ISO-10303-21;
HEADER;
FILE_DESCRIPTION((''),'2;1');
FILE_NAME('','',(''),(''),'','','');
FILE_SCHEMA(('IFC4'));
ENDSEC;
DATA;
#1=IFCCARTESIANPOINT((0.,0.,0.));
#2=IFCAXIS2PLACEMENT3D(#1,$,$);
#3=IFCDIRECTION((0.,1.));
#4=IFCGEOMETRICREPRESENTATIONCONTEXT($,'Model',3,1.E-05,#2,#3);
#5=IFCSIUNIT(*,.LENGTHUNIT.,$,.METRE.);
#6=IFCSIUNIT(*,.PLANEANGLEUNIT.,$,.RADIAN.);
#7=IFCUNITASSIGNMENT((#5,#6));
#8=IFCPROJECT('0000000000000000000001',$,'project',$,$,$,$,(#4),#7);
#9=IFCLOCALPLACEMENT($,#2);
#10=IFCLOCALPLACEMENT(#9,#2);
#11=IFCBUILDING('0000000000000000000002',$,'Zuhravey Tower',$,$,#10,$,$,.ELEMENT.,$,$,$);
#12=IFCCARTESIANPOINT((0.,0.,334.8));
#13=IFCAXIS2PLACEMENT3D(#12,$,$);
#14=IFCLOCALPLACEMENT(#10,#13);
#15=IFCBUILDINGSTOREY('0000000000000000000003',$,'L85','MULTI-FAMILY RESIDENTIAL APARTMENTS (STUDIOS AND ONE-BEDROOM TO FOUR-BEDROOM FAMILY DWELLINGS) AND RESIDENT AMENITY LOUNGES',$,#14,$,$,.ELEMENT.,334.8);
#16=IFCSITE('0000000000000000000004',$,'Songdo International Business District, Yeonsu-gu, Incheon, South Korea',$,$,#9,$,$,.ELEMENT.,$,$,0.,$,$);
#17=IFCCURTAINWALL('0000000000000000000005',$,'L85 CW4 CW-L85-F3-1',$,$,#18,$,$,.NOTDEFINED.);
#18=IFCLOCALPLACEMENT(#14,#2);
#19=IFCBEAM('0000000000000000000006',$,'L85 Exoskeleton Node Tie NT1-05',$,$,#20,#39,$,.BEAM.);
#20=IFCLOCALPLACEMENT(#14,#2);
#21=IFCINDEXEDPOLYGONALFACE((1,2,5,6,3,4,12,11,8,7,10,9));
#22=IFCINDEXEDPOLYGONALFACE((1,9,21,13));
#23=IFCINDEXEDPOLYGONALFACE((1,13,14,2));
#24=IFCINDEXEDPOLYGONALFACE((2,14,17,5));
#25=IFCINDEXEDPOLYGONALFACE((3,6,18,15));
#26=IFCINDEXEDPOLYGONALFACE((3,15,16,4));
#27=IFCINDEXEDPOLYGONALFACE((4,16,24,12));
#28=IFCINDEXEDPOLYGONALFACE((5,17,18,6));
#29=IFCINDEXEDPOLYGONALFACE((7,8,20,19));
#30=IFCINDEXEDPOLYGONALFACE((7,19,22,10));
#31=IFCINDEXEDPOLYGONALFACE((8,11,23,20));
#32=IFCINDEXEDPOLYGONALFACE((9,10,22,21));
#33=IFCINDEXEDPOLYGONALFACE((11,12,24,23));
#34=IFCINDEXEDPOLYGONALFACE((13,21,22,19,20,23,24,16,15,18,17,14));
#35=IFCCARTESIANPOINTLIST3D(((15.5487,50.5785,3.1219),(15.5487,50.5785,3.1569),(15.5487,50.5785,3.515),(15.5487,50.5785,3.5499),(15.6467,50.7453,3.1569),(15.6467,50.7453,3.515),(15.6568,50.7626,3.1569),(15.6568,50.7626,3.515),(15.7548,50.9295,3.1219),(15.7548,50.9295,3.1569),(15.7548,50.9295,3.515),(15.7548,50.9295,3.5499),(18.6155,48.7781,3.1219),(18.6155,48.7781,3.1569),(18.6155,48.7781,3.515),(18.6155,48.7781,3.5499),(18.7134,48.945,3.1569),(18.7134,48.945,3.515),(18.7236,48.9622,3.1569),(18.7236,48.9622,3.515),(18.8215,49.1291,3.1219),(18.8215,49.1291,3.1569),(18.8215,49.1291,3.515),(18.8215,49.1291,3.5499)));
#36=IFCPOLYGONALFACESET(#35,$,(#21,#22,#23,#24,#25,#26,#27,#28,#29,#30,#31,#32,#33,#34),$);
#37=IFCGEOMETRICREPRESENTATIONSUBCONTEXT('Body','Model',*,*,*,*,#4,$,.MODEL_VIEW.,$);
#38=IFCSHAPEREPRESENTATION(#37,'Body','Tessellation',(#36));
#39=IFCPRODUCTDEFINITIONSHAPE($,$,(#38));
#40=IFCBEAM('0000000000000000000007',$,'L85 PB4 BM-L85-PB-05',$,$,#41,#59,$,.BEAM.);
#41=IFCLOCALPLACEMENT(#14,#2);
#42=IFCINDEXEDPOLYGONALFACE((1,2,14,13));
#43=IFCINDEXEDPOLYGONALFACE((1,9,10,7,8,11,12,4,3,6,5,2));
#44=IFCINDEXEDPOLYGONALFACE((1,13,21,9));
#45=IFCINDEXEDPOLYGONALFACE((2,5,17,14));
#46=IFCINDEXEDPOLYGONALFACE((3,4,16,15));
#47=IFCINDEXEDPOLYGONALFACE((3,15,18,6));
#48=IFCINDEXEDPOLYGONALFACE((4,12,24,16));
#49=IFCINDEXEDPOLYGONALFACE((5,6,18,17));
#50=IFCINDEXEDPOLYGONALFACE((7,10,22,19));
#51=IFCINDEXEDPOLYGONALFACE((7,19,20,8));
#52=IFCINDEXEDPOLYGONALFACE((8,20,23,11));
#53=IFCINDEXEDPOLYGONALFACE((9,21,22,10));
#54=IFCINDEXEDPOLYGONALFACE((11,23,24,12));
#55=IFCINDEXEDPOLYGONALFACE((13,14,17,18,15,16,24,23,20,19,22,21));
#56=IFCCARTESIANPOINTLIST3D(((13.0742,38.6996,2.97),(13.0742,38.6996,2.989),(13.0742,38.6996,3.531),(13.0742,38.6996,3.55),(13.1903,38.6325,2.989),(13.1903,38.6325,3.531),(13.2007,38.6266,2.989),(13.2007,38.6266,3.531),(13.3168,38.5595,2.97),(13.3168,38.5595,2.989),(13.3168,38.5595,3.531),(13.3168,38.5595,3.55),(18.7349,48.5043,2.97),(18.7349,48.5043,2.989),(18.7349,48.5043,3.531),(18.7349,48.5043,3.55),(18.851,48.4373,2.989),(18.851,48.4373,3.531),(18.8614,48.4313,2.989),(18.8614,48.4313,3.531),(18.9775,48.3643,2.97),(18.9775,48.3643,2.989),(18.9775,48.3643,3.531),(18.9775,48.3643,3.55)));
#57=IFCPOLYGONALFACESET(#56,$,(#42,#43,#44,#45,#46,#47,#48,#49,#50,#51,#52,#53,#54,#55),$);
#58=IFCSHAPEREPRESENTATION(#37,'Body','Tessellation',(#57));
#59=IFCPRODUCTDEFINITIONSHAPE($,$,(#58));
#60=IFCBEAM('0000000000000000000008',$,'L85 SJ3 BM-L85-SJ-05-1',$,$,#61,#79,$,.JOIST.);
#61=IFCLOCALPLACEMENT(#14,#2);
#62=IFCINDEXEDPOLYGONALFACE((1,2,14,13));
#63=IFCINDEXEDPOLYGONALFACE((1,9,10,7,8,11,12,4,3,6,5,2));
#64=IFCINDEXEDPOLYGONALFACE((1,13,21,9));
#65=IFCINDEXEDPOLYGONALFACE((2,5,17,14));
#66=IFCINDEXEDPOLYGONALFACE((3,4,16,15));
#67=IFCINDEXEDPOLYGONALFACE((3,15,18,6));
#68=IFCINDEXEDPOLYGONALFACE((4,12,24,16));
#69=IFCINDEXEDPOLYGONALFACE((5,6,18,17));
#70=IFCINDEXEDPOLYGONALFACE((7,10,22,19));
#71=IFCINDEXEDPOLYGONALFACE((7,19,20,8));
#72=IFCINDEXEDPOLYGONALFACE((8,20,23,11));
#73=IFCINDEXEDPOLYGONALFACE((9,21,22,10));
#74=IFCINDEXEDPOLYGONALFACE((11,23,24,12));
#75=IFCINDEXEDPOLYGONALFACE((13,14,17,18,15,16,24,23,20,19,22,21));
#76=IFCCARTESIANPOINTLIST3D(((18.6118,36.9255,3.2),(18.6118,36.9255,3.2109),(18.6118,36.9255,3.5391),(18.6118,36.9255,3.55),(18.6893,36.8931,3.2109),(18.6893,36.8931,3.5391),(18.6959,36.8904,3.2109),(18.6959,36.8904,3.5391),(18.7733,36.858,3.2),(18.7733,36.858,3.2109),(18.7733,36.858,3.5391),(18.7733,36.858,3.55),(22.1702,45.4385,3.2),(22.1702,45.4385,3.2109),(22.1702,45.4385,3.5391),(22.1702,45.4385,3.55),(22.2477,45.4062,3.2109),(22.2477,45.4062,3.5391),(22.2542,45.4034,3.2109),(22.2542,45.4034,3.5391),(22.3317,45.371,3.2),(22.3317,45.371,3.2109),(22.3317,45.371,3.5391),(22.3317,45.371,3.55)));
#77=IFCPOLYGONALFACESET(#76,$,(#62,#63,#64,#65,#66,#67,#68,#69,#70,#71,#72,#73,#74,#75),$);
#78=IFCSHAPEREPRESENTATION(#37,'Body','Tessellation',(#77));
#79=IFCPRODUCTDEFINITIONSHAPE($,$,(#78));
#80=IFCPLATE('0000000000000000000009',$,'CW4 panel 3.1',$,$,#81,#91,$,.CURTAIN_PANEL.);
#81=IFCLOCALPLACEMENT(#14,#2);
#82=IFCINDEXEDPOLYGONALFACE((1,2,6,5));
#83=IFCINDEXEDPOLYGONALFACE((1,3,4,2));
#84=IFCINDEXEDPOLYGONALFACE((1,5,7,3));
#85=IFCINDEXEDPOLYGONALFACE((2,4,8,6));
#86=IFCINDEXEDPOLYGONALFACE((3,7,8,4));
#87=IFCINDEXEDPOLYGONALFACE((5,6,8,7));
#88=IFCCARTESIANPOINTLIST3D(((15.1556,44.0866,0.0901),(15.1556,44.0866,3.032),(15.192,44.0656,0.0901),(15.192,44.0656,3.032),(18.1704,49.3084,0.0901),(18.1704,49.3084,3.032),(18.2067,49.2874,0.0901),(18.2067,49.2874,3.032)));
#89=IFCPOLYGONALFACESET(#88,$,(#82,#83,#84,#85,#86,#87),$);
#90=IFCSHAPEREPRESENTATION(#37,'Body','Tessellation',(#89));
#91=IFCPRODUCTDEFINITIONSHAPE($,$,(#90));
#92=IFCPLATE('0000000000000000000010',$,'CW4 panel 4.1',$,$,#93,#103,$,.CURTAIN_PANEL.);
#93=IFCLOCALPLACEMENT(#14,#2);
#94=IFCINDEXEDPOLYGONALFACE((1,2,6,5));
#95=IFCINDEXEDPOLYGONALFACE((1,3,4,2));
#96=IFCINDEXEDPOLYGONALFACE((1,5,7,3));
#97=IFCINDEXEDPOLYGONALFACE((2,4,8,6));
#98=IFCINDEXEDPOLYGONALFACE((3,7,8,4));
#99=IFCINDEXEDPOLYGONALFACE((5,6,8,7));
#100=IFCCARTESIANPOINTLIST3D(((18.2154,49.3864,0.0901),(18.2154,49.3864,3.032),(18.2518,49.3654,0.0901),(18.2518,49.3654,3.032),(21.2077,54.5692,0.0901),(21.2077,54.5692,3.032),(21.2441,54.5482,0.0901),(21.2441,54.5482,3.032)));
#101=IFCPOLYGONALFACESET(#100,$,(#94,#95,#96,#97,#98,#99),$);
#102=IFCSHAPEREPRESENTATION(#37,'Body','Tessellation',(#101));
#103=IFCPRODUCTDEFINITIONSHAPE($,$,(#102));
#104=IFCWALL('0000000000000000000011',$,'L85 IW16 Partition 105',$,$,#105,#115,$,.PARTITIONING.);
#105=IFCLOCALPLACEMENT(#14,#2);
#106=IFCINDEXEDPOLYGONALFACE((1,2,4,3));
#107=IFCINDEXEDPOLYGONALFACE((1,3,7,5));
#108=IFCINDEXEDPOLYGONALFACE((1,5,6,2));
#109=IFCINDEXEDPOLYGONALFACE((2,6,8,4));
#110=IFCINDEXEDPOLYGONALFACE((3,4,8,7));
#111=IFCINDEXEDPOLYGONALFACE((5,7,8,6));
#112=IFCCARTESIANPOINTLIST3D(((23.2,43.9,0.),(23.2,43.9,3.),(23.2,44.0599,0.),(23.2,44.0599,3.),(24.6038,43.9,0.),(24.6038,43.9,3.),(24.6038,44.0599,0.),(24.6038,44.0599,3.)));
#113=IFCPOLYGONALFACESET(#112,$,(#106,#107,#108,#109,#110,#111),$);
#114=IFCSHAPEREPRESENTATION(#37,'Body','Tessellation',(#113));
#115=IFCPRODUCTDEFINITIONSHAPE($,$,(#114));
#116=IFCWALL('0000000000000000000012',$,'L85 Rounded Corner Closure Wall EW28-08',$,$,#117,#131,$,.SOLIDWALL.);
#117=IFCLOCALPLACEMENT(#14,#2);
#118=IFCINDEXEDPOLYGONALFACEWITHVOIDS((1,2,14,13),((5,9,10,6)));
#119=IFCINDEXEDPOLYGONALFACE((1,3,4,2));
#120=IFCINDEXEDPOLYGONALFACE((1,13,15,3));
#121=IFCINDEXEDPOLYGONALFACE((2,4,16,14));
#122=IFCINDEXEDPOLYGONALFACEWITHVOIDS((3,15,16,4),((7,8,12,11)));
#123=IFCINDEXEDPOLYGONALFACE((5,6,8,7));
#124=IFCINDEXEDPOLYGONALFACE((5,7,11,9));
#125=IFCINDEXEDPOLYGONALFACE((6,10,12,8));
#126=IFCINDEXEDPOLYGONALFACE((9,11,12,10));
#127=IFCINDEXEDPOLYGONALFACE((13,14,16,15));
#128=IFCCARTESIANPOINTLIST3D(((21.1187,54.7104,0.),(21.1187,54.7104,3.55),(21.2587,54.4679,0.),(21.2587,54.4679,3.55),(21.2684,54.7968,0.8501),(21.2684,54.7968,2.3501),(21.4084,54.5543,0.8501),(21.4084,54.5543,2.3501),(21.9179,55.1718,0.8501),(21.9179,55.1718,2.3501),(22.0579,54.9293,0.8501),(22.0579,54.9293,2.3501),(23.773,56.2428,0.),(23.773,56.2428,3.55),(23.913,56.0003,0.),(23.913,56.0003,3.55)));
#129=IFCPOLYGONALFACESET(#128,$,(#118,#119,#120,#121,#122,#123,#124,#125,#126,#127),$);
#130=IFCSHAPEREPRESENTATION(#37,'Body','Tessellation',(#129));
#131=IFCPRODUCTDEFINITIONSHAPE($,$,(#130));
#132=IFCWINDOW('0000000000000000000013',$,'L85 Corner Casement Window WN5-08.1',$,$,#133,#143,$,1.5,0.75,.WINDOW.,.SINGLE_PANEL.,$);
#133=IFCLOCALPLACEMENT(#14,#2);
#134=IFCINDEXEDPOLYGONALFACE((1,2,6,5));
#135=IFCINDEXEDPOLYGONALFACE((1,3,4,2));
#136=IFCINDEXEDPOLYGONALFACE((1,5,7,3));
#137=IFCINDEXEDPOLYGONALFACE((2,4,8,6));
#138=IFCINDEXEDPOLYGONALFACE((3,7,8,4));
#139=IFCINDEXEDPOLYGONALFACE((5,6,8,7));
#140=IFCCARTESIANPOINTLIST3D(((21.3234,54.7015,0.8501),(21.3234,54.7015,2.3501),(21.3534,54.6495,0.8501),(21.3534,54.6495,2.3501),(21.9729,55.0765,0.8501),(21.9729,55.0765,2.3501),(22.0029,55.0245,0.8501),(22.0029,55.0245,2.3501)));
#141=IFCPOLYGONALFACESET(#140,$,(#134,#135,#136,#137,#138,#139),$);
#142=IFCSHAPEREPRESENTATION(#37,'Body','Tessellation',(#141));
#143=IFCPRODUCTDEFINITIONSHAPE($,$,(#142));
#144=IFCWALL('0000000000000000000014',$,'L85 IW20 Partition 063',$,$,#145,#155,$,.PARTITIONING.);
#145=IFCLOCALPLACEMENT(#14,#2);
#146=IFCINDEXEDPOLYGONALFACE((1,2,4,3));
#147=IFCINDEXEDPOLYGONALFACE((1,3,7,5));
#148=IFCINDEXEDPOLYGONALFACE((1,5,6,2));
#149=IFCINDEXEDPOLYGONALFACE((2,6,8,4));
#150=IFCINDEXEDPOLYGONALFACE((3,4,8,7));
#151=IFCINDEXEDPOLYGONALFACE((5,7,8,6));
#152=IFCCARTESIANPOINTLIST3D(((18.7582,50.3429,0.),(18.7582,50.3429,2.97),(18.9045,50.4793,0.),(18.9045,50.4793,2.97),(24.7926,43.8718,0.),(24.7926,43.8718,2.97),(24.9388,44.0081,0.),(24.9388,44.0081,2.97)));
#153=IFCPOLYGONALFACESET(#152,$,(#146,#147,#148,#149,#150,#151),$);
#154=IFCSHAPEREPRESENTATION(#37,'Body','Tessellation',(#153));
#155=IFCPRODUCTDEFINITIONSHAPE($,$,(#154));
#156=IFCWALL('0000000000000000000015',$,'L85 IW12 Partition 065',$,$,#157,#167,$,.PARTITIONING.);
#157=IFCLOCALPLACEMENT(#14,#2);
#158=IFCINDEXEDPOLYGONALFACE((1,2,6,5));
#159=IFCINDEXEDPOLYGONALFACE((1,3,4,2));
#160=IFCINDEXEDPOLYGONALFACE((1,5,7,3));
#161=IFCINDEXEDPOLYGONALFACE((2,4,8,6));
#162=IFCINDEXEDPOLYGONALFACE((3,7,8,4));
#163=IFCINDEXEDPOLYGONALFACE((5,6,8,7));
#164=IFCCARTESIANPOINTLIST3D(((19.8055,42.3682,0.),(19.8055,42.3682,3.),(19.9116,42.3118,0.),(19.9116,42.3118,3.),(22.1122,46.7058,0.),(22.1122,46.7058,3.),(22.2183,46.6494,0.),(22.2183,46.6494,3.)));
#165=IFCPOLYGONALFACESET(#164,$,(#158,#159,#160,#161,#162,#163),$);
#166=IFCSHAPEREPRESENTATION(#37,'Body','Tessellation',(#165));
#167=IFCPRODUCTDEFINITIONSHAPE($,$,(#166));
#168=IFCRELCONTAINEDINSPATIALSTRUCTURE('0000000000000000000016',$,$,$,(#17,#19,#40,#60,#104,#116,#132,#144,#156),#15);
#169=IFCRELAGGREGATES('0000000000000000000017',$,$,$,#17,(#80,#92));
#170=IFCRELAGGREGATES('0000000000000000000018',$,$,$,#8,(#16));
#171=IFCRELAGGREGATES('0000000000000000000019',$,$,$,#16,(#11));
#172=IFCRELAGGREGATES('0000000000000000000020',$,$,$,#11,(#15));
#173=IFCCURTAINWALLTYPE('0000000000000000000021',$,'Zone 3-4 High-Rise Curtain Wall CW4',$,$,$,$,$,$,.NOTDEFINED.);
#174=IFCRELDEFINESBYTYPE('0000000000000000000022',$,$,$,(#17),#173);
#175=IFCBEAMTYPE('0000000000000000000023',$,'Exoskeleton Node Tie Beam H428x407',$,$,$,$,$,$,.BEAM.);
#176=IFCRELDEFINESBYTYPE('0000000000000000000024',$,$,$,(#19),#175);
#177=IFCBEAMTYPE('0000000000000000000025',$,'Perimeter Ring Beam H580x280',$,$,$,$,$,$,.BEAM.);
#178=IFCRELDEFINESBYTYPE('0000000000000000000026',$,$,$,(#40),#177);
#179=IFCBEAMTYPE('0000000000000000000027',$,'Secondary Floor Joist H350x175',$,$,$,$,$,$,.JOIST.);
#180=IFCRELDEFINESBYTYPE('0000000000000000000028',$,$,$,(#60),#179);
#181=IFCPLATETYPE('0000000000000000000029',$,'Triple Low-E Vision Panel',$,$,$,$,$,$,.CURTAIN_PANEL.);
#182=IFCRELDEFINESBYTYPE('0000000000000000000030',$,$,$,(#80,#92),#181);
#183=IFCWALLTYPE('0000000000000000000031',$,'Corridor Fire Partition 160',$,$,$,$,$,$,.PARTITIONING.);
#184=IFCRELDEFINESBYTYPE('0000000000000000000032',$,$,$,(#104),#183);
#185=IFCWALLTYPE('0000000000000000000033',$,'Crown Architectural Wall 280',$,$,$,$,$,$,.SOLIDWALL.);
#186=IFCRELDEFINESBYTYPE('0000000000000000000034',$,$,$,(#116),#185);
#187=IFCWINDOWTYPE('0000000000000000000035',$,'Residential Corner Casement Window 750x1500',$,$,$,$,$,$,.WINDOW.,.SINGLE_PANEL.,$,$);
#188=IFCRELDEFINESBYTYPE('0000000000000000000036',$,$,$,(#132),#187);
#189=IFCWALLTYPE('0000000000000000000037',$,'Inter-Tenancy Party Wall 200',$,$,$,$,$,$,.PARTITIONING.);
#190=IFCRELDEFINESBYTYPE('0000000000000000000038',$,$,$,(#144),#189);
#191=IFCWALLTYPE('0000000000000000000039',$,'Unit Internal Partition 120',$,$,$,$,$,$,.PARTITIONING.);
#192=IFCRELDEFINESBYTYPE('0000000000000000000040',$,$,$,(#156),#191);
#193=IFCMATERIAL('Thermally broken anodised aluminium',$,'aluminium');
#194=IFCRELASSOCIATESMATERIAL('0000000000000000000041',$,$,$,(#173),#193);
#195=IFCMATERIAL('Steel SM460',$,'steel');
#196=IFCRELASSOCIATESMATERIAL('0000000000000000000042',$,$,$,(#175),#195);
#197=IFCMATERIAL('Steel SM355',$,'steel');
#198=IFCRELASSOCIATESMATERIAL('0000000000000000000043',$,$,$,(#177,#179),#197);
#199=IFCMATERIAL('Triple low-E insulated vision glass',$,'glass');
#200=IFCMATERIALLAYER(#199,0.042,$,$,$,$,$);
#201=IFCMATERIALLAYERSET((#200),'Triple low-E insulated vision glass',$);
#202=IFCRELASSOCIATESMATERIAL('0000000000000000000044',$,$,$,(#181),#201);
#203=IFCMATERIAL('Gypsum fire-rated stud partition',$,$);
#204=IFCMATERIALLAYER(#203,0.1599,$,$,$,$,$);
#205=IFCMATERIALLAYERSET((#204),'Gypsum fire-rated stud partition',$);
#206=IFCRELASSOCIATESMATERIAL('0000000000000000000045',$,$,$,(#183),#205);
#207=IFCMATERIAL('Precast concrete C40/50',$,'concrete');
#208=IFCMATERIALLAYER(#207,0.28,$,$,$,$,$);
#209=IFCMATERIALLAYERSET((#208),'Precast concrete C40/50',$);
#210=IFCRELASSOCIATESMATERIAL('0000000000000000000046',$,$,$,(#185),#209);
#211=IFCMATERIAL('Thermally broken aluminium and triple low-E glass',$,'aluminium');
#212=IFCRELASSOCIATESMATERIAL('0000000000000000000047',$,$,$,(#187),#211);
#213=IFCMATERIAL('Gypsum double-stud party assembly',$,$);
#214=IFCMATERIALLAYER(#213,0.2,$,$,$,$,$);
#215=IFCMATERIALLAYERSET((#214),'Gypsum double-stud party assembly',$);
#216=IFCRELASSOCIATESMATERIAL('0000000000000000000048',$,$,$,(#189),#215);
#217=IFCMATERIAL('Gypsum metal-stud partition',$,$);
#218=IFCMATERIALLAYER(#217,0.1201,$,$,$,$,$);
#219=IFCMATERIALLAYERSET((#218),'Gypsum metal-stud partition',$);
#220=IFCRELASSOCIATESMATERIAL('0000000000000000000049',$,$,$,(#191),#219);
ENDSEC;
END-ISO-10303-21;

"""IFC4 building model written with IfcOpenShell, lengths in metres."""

from ifc_helpers import new_model, si_unit, direction, frame, frame_2d, origin, origin_2d, place, context, subcontext, project, spatial, rectangle, i_section, extrude, material, layer, layer_set, material_profile, profile_set, type_object, element, fill, aggregate, save


model = new_model("IFC4")

# Units and contexts
model_context = context("Model", 3, precision=1e-05, world=origin(), true_north=direction((0.0, 1.0)))
body_context = subcontext(model_context, "Body", "Model", "MODEL_VIEW")
ifc_project = project(units=[si_unit("LENGTHUNIT", "METRE"), si_unit("PLANEANGLEUNIT", "RADIAN")], contexts=[model_context])

# Site, building, storey
site_placement = place(None, origin())
site = spatial("IfcSite", under=ifc_project, at=site_placement, Name="Songdo International Business District, Yeonsu-gu, Incheon, South Korea", CompositionType="ELEMENT", RefElevation=0.0)
building_placement = place(site_placement, origin())
building = spatial("IfcBuilding", under=site, at=building_placement, Name="Zuhravey Tower", CompositionType="ELEMENT")
storey_placement = place(building_placement, frame((0.0, 0.0, 334.8)))
storey = spatial("IfcBuildingStorey", under=building, at=storey_placement, Name="L85", Description="MULTI-FAMILY RESIDENTIAL APARTMENTS (STUDIOS AND ONE-BEDROOM TO FOUR-BEDROOM FAMILY DWELLINGS) AND RESIDENT AMENITY LOUNGES", CompositionType="ELEMENT", Elevation=334.8)

# Curtain wall
ifc_material_1 = material(Name="Thermally broken anodised aluminium", Category="aluminium")
curtain_wall_type = type_object("IfcCurtainWallType", Name="Zone 3-4 High-Rise Curtain Wall CW4", PredefinedType="NOTDEFINED", material=ifc_material_1)
curtain_wall_1_placement = place(storey_placement, origin())
curtain_wall_1 = element("IfcCurtainWall", 1, at=curtain_wall_1_placement, inside=storey, type_object=curtain_wall_type, Name="L85 CW4 CW-L85-F3-1", PredefinedType="NOTDEFINED")

# Beams
ifc_material_2 = material(Name="Steel SM460", Category="steel")
ifc_material_profile_1 = material_profile(ifc_material_2, i_section(OverallWidth=0.407, OverallDepth=0.428, WebThickness=0.02, FlangeThickness=0.0349, at=origin_2d()), Name="H-428x407x20x35")
ifc_profile_set_1 = profile_set([ifc_material_profile_1], Name="Steel SM460")
beam_type_1 = type_object("IfcBeamType", Name="Exoskeleton Node Tie Beam H428x407", PredefinedType="BEAM", material=ifc_profile_set_1)
beam_1_placement = place(storey_placement, frame((18.7185, 48.9536, 3.3359), z_axis=(-0.862379, 0.506264, 0.0), x_axis=(-0.506264, -0.862379, 0.0)))
element("IfcBeam", 2, at=beam_1_placement, inside=storey, type_object=beam_type_1, Name="L85 Exoskeleton Node Tie NT1-05", PredefinedType="BEAM", context=body_context, shape_type="SweptSolid", body=[
    extrude(i_section(OverallWidth=0.407, OverallDepth=0.428, WebThickness=0.02, FlangeThickness=0.0349, at=origin_2d()), origin(), (0.0, 0.0, 1.0), 3.5562),
])
ifc_material_3 = material(Name="Steel SM355", Category="steel")
ifc_material_profile_2 = material_profile(ifc_material_3, i_section(OverallWidth=0.28, OverallDepth=0.5801, WebThickness=0.012, FlangeThickness=0.019, at=origin_2d()), Name="H-580x280x12x19")
ifc_profile_set_2 = profile_set([ifc_material_profile_2], Name="Steel SM355")
beam_type_2 = type_object("IfcBeamType", Name="Perimeter Ring Beam H580x280", PredefinedType="BEAM", material=ifc_profile_set_2)
beam_2_placement = place(storey_placement, frame((18.8562, 48.4343, 3.26), z_axis=(-0.499994, -0.866029, 0.0), x_axis=(0.866029, -0.499994, 0.0)))
element("IfcBeam", 3, at=beam_2_placement, inside=storey, type_object=beam_type_2, Name="L85 PB4 BM-L85-PB-05", PredefinedType="BEAM", context=body_context, shape_type="SweptSolid", body=[
    extrude(i_section(OverallWidth=0.28, OverallDepth=0.5801, WebThickness=0.012, FlangeThickness=0.019, at=origin_2d()), origin(), (0.0, 0.0, 1.0), 11.3215),
])
ifc_material_profile_3 = material_profile(ifc_material_3, i_section(OverallWidth=0.175, OverallDepth=0.3501, WebThickness=0.0071, FlangeThickness=0.011, at=origin_2d()), Name="H-350x175x7x11")
ifc_profile_set_3 = profile_set([ifc_material_profile_3], Name="Steel SM355")
beam_type_3 = type_object("IfcBeamType", Name="Secondary Floor Joist H350x175", PredefinedType="JOIST", material=ifc_profile_set_3)
beam_3_placement = place(storey_placement, frame((22.251, 45.4048, 3.375), z_axis=(-0.385658, -0.922642, 0.0), x_axis=(0.922642, -0.385658, 0.0)))
element("IfcBeam", 4, at=beam_3_placement, inside=storey, type_object=beam_type_3, Name="L85 SJ3 BM-L85-SJ-05-1", PredefinedType="JOIST", context=body_context, shape_type="SweptSolid", body=[
    extrude(i_section(OverallWidth=0.175, OverallDepth=0.3501, WebThickness=0.0071, FlangeThickness=0.011, at=origin_2d()), origin(), (0.0, 0.0, 1.0), 9.2268),
])

# Plates
ifc_material_4 = material(Name="Triple low-E insulated vision glass", Category="glass")
ifc_layer_1 = layer(ifc_material_4, 0.042)
ifc_layer_set_1 = layer_set([ifc_layer_1], Name="Triple low-E insulated vision glass")
plate_type = type_object("IfcPlateType", Name="Triple Low-E Vision Panel", PredefinedType="CURTAIN_PANEL", material=ifc_layer_set_1)
plate_1_placement = place(storey_placement, frame((16.6812, 46.687, 0.0901), z_axis=(0.0, 0.0, 1.0), x_axis=(0.5, 0.866026, 0.0)))
plate_1 = element("IfcPlate", 5, at=plate_1_placement, type_object=plate_type, Name="CW4 panel 3.1", PredefinedType="CURTAIN_PANEL", context=body_context, shape_type="SweptSolid", body=[
    extrude(rectangle(XDim=6.0295, YDim=0.042, at=origin_2d()), origin(), (0.0, 0.0, 1.0), 2.9419),
])
plate_2_placement = place(storey_placement, frame((19.7297, 51.9673, 0.0901), z_axis=(0.0, 0.0, 1.0), x_axis=(0.5, 0.866026, 0.0)))
plate_2 = element("IfcPlate", 6, at=plate_2_placement, type_object=plate_type, Name="CW4 panel 4.1", PredefinedType="CURTAIN_PANEL", context=body_context, shape_type="SweptSolid", body=[
    extrude(rectangle(XDim=5.9846, YDim=0.042, at=origin_2d()), origin(), (0.0, 0.0, 1.0), 2.9419),
])
aggregate(curtain_wall_1, [plate_1, plate_2])

# Wall
ifc_material_5 = material(Name="Gypsum fire-rated stud partition")
ifc_layer_2 = layer(ifc_material_5, 0.1599)
ifc_layer_set_2 = layer_set([ifc_layer_2], Name="Gypsum fire-rated stud partition")
wall_type_1 = type_object("IfcWallType", Name="Corridor Fire Partition 160", PredefinedType="PARTITIONING", material=ifc_layer_set_2)
wall_1_placement = place(storey_placement, frame((24.6038, 43.98, 0.0), z_axis=(0.0, 0.0, 1.0), x_axis=(-1.0, 0.0, 0.0)))
element("IfcWall", 7, at=wall_1_placement, inside=storey, type_object=wall_type_1, Name="L85 IW16 Partition 105", PredefinedType="PARTITIONING", context=body_context, shape_type="SweptSolid", body=[
    extrude(rectangle(XDim=1.4038, YDim=0.1599, at=frame_2d((0.7019, 0.0))), origin(), (0.0, 0.0, 1.0), 3.0),
])

# Wall, opening, window
ifc_material_6 = material(Name="Precast concrete C40/50", Category="concrete")
ifc_layer_3 = layer(ifc_material_6, 0.28)
ifc_layer_set_3 = layer_set([ifc_layer_3], Name="Precast concrete C40/50")
wall_type_2 = type_object("IfcWallType", Name="Crown Architectural Wall 280", PredefinedType="SOLIDWALL", material=ifc_layer_set_3)
wall_2_placement = place(storey_placement, frame((21.1887, 54.5891, 0.0), z_axis=(0.0, 0.0, 1.0), x_axis=(0.866024, 0.500003, 0.0)))
wall_2 = element("IfcWall", 8, at=wall_2_placement, inside=storey, type_object=wall_type_2, Name="L85 Rounded Corner Closure Wall EW28-08", PredefinedType="SOLIDWALL", context=body_context, shape_type="SweptSolid", body=[
    extrude(rectangle(XDim=3.0649, YDim=0.28, at=frame_2d((1.5325, 0.0))), origin(), (0.0, 0.0, 1.0), 3.55),
])
opening_placement = place(wall_2_placement, frame((0.1729, 0.0, 0.8501)))
opening = element("IfcOpeningElement", 9, at=opening_placement, cuts=wall_2, PredefinedType="OPENING", context=body_context, shape_type="SweptSolid", body=[
    extrude(rectangle(XDim=0.75, YDim=1.5, at=frame_2d((0.375, 0.75))), frame((0.0, 0.1521, 0.0), z_axis=(0.0, -1.0, 0.0), x_axis=(1.0, 0.0, 0.0)), (0.0, 0.0, 1.0), 0.304),
])
ifc_material_7 = material(Name="Thermally broken aluminium and triple low-E glass", Category="aluminium")
window_type = type_object("IfcWindowType", Name="Residential Corner Casement Window 750x1500", PartitioningType="SINGLE_PANEL", PredefinedType="WINDOW", material=ifc_material_7)
window_placement = place(opening_placement, origin())
window = element("IfcWindow", 10, at=window_placement, inside=storey, type_object=window_type, Name="L85 Corner Casement Window WN5-08.1", OverallHeight=1.5, OverallWidth=0.75, PartitioningType="SINGLE_PANEL", PredefinedType="WINDOW", context=body_context, shape_type="SweptSolid", body=[
    extrude(rectangle(XDim=0.75, YDim=1.5, at=frame_2d((0.375, 0.75))), frame((0.0, 0.03, 0.0), z_axis=(0.0, -1.0, 0.0), x_axis=(1.0, 0.0, 0.0)), (0.0, 0.0, 1.0), 0.0601),
])
fill(opening, window)

# Walls
ifc_material_8 = material(Name="Gypsum double-stud party assembly")
ifc_layer_4 = layer(ifc_material_8, 0.2)
ifc_layer_set_4 = layer_set([ifc_layer_4], Name="Gypsum double-stud party assembly")
wall_type_3 = type_object("IfcWallType", Name="Inter-Tenancy Party Wall 200", PredefinedType="PARTITIONING", material=ifc_layer_set_4)
wall_3_placement = place(storey_placement, frame((24.8657, 43.9399, 0.0), z_axis=(0.0, 0.0, 1.0), x_axis=(-0.681995, 0.731357, 0.0)))
element("IfcWall", 11, at=wall_3_placement, inside=storey, type_object=wall_type_3, Name="L85 IW20 Partition 063", PredefinedType="PARTITIONING", context=body_context, shape_type="SweptSolid", body=[
    extrude(rectangle(XDim=8.8481, YDim=0.2, at=frame_2d((4.4241, 0.0))), origin(), (0.0, 0.0, 1.0), 2.97),
])
ifc_material_9 = material(Name="Gypsum metal-stud partition")
ifc_layer_5 = layer(ifc_material_9, 0.1201)
ifc_layer_set_5 = layer_set([ifc_layer_5], Name="Gypsum metal-stud partition")
wall_type_4 = type_object("IfcWallType", Name="Unit Internal Partition 120", PredefinedType="PARTITIONING", material=ifc_layer_set_5)
wall_4_placement = place(storey_placement, frame((22.1653, 46.6777, 0.0), z_axis=(0.0, 0.0, 1.0), x_axis=(-0.469515, -0.882925, 0.0)))
element("IfcWall", 12, at=wall_4_placement, inside=storey, type_object=wall_type_4, Name="L85 IW12 Partition 065", PredefinedType="PARTITIONING", context=body_context, shape_type="SweptSolid", body=[
    extrude(rectangle(XDim=4.9128, YDim=0.1201, at=frame_2d((2.4565, 0.0))), origin(), (0.0, 0.0, 1.0), 3.0),
])

save(model, "model.ifc")
